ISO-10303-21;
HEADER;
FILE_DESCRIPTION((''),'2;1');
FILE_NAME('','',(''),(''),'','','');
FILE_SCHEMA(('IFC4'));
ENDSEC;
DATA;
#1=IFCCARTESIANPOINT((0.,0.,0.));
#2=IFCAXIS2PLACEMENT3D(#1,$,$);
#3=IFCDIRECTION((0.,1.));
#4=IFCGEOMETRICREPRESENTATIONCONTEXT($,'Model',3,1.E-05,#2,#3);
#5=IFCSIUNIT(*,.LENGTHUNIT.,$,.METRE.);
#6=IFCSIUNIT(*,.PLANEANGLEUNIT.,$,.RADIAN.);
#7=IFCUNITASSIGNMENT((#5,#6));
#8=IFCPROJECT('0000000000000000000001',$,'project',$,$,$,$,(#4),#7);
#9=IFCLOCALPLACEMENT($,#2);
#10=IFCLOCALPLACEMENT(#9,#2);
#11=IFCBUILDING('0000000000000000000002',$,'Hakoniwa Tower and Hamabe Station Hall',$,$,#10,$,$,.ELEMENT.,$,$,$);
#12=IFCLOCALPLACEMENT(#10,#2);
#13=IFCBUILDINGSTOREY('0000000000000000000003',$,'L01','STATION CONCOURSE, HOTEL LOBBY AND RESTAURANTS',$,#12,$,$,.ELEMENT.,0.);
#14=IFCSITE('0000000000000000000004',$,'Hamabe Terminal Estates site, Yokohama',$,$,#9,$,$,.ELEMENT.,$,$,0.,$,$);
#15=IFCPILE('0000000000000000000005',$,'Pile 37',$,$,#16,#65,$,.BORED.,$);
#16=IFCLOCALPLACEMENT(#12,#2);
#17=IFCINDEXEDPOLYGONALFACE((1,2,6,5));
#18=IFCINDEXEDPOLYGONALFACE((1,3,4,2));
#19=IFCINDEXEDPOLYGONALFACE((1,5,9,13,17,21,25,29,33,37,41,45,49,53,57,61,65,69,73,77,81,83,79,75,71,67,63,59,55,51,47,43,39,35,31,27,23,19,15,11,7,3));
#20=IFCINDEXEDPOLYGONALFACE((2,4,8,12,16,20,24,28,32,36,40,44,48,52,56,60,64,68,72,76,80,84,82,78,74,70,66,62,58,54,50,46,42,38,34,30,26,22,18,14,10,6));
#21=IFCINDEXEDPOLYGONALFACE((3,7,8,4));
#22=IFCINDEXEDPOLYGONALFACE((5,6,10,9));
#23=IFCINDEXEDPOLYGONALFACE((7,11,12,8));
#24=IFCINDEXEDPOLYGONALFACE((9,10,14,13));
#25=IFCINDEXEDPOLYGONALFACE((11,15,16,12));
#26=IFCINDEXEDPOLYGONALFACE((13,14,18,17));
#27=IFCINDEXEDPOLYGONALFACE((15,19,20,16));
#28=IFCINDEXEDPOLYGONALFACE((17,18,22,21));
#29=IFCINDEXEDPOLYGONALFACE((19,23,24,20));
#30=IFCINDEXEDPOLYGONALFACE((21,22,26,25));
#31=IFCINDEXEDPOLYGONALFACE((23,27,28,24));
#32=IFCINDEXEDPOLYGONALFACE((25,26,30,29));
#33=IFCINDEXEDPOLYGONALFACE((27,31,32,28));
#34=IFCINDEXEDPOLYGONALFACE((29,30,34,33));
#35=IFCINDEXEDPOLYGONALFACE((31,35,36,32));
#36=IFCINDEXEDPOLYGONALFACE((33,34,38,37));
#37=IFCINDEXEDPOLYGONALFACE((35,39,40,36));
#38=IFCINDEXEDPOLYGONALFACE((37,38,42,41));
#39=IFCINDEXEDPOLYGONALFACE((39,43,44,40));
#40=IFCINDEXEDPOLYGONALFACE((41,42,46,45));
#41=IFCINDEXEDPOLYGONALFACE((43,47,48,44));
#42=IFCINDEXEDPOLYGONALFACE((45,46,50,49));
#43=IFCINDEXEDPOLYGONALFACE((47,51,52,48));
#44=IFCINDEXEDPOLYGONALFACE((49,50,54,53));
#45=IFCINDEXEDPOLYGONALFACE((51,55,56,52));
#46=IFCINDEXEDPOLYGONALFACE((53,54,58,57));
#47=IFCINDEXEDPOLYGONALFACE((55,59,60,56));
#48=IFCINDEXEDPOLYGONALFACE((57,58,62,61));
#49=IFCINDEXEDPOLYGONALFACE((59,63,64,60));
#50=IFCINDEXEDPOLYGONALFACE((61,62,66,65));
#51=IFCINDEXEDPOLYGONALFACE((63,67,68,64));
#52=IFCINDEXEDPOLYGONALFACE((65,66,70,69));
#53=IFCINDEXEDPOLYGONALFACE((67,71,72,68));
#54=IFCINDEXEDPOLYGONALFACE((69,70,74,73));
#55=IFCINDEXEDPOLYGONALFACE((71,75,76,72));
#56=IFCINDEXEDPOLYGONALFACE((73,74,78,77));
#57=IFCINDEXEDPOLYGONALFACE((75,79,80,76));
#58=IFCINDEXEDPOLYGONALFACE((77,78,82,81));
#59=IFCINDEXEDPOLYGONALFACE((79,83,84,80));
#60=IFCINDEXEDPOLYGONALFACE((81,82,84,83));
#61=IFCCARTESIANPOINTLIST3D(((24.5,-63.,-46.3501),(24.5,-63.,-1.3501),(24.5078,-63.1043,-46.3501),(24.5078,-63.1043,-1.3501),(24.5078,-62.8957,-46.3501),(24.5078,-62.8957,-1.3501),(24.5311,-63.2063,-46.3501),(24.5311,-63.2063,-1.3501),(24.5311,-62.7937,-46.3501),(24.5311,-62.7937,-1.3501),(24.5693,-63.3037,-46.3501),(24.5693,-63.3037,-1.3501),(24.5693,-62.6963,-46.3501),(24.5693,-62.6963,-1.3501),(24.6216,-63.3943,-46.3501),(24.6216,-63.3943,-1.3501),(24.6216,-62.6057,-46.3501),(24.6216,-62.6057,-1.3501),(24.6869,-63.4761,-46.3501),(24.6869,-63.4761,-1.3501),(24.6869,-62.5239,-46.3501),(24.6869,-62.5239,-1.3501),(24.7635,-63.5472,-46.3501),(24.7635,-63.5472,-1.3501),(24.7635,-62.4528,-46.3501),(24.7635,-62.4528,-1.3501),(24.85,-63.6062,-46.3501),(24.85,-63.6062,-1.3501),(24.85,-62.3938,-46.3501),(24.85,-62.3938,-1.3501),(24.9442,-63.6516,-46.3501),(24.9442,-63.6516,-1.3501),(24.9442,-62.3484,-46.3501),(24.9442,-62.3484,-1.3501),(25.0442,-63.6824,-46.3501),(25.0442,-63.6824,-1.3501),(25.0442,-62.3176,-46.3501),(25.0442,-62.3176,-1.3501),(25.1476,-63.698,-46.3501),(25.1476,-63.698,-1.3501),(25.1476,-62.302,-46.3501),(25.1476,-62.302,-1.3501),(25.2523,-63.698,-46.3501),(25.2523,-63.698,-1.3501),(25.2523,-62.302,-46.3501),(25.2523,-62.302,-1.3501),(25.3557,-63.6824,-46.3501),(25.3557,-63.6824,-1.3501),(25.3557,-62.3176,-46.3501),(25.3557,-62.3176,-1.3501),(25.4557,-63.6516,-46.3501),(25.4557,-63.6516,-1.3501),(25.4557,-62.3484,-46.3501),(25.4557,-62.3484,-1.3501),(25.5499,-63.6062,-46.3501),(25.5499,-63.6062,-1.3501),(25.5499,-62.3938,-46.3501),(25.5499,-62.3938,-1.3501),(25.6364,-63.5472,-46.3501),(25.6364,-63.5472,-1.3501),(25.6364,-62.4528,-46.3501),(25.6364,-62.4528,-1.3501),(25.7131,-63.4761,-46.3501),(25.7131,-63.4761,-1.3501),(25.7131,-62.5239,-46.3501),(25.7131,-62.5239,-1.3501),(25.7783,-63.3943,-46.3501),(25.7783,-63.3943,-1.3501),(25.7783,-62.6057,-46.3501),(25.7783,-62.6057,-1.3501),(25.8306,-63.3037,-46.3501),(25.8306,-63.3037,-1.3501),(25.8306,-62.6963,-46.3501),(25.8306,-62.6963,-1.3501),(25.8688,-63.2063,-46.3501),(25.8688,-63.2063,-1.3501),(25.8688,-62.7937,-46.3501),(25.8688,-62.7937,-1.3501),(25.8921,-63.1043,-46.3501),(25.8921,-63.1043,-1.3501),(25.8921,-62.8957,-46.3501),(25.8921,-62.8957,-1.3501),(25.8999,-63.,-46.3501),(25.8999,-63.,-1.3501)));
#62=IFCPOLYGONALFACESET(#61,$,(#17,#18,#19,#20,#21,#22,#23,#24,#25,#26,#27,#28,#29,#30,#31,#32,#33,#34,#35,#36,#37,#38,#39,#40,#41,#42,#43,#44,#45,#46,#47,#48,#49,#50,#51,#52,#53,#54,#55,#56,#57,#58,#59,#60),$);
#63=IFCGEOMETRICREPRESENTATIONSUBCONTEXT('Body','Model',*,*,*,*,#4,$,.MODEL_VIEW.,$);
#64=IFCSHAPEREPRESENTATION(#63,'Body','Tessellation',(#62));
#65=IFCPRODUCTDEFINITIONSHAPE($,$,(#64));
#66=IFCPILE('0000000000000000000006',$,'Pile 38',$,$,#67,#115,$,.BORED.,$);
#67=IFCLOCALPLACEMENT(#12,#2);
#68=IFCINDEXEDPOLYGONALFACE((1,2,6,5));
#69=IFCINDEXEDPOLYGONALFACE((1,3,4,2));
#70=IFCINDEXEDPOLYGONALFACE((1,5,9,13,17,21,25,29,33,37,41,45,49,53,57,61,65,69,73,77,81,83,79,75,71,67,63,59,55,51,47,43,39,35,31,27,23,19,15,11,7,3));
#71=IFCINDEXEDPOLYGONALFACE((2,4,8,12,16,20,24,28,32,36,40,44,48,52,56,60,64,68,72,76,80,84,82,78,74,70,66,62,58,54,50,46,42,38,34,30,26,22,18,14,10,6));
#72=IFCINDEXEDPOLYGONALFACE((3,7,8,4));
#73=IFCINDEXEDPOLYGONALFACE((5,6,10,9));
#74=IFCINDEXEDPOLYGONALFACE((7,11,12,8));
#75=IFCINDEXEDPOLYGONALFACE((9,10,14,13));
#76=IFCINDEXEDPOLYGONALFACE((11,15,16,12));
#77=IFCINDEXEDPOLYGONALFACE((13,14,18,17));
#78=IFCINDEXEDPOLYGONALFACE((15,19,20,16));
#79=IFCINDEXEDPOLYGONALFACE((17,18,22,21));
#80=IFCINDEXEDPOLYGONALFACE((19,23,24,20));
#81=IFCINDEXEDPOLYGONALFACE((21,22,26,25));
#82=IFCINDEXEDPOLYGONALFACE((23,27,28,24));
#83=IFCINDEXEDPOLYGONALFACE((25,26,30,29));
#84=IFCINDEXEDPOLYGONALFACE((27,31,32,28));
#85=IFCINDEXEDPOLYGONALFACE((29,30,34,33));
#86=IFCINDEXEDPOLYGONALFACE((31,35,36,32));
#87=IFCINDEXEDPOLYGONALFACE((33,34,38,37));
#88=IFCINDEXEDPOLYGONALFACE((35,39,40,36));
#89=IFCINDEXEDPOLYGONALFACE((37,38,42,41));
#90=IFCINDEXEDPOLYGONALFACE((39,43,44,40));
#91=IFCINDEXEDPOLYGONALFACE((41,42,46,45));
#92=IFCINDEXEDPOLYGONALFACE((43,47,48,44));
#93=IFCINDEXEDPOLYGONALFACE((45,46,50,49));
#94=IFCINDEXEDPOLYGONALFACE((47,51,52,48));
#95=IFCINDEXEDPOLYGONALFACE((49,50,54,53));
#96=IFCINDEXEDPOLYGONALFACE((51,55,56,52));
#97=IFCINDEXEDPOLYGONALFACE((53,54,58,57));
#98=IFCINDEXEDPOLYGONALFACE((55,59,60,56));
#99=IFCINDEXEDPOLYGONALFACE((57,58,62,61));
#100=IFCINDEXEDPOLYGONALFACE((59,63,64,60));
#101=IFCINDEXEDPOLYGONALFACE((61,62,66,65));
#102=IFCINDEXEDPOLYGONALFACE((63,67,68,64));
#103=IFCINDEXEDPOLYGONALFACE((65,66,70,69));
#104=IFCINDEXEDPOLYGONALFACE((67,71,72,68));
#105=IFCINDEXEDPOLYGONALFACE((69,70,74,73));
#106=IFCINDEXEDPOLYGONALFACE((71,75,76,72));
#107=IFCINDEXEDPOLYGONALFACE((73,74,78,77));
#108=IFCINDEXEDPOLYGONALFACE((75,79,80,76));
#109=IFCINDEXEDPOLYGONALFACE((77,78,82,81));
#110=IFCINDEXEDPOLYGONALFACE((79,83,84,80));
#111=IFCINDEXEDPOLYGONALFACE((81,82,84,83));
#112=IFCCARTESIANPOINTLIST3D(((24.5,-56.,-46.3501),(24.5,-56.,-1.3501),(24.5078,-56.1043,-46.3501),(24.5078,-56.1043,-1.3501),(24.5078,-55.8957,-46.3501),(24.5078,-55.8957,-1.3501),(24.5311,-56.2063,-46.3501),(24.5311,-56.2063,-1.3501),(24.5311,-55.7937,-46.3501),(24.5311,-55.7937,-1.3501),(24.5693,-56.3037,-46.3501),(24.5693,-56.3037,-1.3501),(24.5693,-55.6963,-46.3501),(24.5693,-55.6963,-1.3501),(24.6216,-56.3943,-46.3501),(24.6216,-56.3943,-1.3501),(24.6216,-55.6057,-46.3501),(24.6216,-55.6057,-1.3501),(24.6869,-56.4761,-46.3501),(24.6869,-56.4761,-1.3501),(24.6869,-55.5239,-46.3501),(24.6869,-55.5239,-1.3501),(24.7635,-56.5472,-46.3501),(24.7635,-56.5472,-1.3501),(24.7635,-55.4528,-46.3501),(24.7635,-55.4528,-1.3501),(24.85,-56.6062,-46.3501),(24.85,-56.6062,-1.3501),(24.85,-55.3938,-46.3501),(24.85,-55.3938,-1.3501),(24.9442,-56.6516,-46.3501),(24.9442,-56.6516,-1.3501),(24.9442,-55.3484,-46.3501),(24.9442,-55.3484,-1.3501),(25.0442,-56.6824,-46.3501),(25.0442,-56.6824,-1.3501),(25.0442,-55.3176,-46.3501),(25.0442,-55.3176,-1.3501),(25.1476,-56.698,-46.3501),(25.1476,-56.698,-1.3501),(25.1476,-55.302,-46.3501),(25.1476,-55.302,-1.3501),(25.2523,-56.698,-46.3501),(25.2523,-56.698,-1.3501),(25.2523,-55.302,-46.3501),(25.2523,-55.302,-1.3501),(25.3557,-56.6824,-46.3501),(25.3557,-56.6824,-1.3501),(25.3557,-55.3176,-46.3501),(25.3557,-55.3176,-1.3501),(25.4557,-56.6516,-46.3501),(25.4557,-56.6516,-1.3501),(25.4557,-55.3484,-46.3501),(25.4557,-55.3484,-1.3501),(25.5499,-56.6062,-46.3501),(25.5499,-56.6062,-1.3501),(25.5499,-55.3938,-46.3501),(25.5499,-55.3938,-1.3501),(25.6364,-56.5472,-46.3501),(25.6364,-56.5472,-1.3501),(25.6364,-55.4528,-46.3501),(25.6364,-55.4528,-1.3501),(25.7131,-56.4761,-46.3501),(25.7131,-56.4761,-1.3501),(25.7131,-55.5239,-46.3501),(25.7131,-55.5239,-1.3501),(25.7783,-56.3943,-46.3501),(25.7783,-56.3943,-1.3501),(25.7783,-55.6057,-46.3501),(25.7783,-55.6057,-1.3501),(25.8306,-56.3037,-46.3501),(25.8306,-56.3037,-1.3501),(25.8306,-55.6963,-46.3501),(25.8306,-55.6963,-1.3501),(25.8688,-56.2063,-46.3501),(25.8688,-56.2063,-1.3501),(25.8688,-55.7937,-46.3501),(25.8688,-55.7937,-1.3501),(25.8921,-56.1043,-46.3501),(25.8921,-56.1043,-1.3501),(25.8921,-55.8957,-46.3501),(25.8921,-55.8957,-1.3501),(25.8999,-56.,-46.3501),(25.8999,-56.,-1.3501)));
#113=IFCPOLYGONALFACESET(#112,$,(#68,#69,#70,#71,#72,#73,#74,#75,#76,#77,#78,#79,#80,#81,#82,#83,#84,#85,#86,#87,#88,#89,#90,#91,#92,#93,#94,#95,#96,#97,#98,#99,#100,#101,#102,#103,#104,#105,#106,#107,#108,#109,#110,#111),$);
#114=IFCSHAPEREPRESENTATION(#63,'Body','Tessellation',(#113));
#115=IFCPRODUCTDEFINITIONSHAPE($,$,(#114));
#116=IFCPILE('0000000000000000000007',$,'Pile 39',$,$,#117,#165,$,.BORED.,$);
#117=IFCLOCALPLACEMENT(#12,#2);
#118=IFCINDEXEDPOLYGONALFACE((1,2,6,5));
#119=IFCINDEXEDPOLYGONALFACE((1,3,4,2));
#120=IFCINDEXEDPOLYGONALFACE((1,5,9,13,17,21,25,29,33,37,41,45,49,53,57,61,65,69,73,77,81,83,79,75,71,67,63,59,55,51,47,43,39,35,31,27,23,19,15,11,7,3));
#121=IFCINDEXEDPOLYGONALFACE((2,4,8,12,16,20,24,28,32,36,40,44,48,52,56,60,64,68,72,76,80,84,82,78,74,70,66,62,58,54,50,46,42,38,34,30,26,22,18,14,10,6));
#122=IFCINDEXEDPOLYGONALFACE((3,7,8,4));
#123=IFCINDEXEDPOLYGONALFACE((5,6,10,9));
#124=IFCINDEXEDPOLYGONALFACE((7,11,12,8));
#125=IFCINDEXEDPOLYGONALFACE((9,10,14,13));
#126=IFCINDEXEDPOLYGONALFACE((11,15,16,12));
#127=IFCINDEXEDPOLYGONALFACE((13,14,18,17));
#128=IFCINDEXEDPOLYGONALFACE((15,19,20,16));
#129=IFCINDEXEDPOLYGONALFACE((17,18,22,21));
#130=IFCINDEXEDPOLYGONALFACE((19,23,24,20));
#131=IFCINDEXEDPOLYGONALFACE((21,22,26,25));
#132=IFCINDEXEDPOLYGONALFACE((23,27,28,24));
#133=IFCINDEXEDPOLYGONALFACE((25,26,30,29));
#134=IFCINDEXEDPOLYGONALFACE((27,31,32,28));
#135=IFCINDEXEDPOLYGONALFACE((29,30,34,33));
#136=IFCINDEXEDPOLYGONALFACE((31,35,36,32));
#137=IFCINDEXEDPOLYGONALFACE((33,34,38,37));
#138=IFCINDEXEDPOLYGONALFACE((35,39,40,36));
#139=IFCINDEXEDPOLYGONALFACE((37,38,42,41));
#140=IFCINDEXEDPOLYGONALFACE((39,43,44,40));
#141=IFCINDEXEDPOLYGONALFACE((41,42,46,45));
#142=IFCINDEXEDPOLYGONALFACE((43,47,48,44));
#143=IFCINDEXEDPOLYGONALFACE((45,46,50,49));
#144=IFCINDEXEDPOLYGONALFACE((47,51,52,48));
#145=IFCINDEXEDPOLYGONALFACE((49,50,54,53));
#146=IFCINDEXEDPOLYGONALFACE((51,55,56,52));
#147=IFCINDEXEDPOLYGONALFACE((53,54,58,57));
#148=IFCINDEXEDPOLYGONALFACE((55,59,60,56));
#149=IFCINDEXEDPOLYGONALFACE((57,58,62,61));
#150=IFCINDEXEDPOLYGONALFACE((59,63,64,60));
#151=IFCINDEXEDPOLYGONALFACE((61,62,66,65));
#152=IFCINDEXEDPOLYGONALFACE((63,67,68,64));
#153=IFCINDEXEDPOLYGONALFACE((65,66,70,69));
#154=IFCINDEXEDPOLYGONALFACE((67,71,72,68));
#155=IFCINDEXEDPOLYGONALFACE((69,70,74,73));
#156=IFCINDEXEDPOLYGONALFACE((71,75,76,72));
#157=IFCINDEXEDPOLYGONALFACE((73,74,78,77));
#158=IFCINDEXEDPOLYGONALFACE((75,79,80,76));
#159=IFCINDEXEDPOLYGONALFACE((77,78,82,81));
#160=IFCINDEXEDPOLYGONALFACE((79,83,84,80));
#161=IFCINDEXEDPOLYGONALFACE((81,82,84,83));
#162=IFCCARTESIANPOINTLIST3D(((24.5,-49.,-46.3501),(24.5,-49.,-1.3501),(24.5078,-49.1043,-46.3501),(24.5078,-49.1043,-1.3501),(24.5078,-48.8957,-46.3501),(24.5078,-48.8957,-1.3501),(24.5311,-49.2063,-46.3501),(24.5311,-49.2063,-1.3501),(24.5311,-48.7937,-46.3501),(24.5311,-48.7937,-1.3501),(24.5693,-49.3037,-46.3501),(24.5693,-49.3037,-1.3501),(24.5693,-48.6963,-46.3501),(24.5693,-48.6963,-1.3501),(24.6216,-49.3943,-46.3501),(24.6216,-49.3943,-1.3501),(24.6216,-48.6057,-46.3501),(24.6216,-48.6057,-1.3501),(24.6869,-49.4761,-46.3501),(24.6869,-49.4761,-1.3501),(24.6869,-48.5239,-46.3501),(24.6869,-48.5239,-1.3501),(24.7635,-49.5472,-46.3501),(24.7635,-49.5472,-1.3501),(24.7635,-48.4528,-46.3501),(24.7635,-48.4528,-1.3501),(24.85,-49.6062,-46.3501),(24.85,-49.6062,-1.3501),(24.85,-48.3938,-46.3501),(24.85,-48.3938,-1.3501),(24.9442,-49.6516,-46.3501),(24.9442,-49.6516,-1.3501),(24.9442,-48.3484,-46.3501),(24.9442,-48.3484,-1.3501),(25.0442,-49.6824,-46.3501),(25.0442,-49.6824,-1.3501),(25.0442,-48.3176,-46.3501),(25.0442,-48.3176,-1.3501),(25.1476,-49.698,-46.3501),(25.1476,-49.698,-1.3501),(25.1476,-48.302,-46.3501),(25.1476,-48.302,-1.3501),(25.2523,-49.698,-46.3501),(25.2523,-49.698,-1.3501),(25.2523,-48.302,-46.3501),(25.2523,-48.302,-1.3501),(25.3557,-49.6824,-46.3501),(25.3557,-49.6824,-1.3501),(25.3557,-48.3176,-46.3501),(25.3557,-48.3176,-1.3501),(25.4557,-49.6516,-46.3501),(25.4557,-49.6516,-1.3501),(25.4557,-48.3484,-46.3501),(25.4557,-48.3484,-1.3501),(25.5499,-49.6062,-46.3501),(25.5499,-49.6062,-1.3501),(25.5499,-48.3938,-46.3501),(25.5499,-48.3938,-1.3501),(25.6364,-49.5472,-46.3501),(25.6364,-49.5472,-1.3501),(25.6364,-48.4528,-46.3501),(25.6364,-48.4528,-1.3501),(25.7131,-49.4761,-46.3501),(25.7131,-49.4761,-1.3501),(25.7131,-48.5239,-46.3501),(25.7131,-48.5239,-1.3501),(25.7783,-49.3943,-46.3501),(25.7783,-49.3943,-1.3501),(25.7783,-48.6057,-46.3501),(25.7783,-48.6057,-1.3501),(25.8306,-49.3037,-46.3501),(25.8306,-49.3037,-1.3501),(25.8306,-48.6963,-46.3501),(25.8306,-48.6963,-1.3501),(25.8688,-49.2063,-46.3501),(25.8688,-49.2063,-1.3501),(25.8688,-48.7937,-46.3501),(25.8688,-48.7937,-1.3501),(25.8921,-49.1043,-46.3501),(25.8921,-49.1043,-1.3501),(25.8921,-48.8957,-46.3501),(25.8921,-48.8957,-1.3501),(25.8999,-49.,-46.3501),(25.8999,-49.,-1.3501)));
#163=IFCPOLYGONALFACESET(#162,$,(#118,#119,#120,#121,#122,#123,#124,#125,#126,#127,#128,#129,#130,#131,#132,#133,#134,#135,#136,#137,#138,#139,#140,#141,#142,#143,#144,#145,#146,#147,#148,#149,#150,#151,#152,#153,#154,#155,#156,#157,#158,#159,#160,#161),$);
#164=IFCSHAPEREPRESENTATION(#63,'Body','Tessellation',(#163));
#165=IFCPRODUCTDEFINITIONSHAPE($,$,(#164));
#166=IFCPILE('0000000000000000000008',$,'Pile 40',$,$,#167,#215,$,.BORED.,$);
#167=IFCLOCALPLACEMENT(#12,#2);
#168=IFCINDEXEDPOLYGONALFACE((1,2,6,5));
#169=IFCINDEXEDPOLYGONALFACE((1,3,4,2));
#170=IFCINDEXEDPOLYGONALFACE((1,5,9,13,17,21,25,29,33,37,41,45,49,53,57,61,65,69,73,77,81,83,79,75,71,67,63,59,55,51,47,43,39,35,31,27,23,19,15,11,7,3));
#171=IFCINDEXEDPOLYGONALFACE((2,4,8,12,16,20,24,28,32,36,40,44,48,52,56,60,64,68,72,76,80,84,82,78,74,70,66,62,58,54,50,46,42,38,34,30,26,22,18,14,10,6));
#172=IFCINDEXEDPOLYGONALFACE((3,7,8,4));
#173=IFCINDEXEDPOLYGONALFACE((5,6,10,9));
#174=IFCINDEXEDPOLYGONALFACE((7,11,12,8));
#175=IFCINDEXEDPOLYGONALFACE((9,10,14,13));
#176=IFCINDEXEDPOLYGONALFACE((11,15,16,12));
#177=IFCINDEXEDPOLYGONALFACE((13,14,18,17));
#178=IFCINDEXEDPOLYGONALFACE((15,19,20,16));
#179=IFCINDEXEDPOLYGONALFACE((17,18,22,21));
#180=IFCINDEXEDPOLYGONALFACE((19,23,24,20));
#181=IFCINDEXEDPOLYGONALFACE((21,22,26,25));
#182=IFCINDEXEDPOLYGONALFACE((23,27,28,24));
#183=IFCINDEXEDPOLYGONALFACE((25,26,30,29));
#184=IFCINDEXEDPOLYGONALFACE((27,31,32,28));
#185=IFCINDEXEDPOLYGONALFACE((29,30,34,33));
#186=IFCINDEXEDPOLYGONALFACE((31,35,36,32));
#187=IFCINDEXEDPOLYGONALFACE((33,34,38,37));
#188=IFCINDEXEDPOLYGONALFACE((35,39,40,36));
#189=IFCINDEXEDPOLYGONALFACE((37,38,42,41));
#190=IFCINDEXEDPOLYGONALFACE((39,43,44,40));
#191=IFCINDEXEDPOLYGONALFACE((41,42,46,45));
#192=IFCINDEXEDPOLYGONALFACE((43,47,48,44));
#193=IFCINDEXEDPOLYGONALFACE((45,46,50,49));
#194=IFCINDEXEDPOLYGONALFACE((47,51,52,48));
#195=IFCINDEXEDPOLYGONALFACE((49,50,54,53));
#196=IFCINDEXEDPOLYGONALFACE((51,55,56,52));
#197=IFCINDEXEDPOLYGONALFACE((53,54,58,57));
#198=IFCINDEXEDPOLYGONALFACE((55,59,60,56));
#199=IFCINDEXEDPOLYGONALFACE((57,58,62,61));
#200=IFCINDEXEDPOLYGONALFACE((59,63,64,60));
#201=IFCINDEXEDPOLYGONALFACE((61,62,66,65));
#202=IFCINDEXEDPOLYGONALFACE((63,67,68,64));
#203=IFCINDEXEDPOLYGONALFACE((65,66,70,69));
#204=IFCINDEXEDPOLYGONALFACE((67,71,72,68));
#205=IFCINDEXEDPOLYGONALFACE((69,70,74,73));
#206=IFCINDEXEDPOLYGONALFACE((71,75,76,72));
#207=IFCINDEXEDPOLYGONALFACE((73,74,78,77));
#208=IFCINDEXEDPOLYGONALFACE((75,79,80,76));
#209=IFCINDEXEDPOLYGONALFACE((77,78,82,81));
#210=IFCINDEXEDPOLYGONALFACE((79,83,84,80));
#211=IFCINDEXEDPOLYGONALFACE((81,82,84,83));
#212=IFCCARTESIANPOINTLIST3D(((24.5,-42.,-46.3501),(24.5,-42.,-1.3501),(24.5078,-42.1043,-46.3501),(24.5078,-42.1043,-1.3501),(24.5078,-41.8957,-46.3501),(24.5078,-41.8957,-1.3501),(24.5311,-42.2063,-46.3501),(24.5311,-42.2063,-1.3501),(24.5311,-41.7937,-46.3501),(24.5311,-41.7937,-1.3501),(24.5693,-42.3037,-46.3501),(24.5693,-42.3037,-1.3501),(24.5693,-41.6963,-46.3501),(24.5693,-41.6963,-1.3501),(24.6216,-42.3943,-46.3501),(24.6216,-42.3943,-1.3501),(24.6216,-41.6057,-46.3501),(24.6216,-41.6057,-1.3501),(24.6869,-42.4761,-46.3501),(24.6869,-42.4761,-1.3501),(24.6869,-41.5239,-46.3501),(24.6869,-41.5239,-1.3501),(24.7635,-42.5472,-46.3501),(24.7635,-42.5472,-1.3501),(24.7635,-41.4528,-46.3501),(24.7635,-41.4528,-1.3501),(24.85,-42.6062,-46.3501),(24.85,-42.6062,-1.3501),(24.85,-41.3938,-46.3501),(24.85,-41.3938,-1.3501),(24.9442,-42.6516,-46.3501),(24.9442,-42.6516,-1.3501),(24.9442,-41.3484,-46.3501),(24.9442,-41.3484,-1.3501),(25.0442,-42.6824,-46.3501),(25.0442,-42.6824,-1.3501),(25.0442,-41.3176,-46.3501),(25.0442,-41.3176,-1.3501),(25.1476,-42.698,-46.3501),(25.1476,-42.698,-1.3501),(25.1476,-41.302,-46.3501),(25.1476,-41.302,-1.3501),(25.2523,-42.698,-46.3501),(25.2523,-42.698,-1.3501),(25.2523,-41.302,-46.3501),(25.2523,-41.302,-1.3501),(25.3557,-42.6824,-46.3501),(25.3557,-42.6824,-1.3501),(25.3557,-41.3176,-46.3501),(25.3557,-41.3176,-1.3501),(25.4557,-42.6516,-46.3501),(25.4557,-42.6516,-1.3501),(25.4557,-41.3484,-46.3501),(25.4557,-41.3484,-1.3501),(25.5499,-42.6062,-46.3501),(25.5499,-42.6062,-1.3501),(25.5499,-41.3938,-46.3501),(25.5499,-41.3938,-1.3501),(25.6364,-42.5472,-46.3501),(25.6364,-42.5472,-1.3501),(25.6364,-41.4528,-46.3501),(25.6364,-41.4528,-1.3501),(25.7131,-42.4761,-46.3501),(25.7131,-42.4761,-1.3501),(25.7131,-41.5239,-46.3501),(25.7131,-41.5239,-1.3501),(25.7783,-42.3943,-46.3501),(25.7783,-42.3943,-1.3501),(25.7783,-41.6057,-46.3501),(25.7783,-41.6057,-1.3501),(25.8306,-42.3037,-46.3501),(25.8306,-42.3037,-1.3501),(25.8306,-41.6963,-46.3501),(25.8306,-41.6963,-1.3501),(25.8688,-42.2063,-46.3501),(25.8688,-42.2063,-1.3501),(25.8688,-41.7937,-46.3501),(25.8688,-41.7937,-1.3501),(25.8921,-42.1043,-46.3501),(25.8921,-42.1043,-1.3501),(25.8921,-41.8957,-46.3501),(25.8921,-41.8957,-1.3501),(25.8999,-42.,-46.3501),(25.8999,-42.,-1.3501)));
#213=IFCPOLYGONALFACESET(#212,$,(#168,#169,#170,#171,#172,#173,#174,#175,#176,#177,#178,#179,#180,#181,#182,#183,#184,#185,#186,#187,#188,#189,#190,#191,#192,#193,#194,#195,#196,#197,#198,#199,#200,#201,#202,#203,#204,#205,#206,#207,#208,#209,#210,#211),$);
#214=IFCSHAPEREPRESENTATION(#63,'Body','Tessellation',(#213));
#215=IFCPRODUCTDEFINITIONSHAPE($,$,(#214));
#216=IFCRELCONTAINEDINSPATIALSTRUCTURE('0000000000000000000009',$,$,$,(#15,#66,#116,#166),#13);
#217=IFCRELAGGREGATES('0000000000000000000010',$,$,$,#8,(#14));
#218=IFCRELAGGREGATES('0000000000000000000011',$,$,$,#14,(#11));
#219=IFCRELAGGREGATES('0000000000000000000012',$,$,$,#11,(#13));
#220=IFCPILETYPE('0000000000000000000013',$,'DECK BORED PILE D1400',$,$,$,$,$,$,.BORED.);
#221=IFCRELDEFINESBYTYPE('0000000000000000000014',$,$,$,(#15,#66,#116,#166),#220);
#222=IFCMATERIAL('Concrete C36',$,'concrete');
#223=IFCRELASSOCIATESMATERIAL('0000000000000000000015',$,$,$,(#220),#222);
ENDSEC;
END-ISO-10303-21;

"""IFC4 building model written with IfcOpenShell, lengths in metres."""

from ifc_helpers import new_model, si_unit, direction, frame, origin, origin_2d, place, context, subcontext, project, spatial, circle, extrude, material, material_profile, profile_set, type_object, element, save


model = new_model("IFC4")

# Units and contexts
model_context = context("Model", 3, precision=1e-05, world=origin(), true_north=direction((0.0, 1.0)))
body_context = subcontext(model_context, "Body", "Model", "MODEL_VIEW")
ifc_project = project(units=[si_unit("LENGTHUNIT", "METRE"), si_unit("PLANEANGLEUNIT", "RADIAN")], contexts=[model_context])

# Site, building, storey
site_placement = place(None, origin())
site = spatial("IfcSite", under=ifc_project, at=site_placement, Name="Hamabe Terminal Estates site, Yokohama", CompositionType="ELEMENT", RefElevation=0.0)
building_placement = place(site_placement, origin())
building = spatial("IfcBuilding", under=site, at=building_placement, Name="Hakoniwa Tower and Hamabe Station Hall", CompositionType="ELEMENT")
storey_placement = place(building_placement, origin())
storey = spatial("IfcBuildingStorey", under=building, at=storey_placement, Name="L01", Description="STATION CONCOURSE, HOTEL LOBBY AND RESTAURANTS", CompositionType="ELEMENT", Elevation=0.0)

# Piles
ifc_material_1 = material(Name="Concrete C36", Category="concrete")
ifc_material_profile_1 = material_profile(ifc_material_1, circle(Radius=0.7, at=origin_2d()), Name="DECK BORED PILE D1400")
ifc_profile_set_1 = profile_set([ifc_material_profile_1], Name="Concrete C36")
pile_type_1 = type_object("IfcPileType", Name="DECK BORED PILE D1400", PredefinedType="BORED", material=ifc_profile_set_1)
for number, where, z_axis, x_axis, name in (
    (1, (25.2, -63.0, -1.3501), (0.0, 0.0, -1.0), (1.0, 0.0, 0.0), "Pile 37"),
    (2, (25.2, -56.0, -1.3501), (0.0, 0.0, -1.0), (1.0, 0.0, 0.0), "Pile 38"),
    (3, (25.2, -49.0, -1.3501), (0.0, 0.0, -1.0), (1.0, 0.0, 0.0), "Pile 39"),
    (4, (25.2, -42.0, -1.3501), (0.0, 0.0, -1.0), (1.0, 0.0, 0.0), "Pile 40"),
):
    element("IfcPile", number, at=place(storey_placement, frame(where, z_axis=z_axis, x_axis=x_axis)), inside=storey, type_object=pile_type_1, Name=name, PredefinedType="BORED", context=body_context, shape_type="SweptSolid", body=[
        extrude(circle(Radius=0.7, at=origin_2d()), origin(), (0.0, 0.0, 1.0), 45.0),
    ])

save(model, "model.ifc")
